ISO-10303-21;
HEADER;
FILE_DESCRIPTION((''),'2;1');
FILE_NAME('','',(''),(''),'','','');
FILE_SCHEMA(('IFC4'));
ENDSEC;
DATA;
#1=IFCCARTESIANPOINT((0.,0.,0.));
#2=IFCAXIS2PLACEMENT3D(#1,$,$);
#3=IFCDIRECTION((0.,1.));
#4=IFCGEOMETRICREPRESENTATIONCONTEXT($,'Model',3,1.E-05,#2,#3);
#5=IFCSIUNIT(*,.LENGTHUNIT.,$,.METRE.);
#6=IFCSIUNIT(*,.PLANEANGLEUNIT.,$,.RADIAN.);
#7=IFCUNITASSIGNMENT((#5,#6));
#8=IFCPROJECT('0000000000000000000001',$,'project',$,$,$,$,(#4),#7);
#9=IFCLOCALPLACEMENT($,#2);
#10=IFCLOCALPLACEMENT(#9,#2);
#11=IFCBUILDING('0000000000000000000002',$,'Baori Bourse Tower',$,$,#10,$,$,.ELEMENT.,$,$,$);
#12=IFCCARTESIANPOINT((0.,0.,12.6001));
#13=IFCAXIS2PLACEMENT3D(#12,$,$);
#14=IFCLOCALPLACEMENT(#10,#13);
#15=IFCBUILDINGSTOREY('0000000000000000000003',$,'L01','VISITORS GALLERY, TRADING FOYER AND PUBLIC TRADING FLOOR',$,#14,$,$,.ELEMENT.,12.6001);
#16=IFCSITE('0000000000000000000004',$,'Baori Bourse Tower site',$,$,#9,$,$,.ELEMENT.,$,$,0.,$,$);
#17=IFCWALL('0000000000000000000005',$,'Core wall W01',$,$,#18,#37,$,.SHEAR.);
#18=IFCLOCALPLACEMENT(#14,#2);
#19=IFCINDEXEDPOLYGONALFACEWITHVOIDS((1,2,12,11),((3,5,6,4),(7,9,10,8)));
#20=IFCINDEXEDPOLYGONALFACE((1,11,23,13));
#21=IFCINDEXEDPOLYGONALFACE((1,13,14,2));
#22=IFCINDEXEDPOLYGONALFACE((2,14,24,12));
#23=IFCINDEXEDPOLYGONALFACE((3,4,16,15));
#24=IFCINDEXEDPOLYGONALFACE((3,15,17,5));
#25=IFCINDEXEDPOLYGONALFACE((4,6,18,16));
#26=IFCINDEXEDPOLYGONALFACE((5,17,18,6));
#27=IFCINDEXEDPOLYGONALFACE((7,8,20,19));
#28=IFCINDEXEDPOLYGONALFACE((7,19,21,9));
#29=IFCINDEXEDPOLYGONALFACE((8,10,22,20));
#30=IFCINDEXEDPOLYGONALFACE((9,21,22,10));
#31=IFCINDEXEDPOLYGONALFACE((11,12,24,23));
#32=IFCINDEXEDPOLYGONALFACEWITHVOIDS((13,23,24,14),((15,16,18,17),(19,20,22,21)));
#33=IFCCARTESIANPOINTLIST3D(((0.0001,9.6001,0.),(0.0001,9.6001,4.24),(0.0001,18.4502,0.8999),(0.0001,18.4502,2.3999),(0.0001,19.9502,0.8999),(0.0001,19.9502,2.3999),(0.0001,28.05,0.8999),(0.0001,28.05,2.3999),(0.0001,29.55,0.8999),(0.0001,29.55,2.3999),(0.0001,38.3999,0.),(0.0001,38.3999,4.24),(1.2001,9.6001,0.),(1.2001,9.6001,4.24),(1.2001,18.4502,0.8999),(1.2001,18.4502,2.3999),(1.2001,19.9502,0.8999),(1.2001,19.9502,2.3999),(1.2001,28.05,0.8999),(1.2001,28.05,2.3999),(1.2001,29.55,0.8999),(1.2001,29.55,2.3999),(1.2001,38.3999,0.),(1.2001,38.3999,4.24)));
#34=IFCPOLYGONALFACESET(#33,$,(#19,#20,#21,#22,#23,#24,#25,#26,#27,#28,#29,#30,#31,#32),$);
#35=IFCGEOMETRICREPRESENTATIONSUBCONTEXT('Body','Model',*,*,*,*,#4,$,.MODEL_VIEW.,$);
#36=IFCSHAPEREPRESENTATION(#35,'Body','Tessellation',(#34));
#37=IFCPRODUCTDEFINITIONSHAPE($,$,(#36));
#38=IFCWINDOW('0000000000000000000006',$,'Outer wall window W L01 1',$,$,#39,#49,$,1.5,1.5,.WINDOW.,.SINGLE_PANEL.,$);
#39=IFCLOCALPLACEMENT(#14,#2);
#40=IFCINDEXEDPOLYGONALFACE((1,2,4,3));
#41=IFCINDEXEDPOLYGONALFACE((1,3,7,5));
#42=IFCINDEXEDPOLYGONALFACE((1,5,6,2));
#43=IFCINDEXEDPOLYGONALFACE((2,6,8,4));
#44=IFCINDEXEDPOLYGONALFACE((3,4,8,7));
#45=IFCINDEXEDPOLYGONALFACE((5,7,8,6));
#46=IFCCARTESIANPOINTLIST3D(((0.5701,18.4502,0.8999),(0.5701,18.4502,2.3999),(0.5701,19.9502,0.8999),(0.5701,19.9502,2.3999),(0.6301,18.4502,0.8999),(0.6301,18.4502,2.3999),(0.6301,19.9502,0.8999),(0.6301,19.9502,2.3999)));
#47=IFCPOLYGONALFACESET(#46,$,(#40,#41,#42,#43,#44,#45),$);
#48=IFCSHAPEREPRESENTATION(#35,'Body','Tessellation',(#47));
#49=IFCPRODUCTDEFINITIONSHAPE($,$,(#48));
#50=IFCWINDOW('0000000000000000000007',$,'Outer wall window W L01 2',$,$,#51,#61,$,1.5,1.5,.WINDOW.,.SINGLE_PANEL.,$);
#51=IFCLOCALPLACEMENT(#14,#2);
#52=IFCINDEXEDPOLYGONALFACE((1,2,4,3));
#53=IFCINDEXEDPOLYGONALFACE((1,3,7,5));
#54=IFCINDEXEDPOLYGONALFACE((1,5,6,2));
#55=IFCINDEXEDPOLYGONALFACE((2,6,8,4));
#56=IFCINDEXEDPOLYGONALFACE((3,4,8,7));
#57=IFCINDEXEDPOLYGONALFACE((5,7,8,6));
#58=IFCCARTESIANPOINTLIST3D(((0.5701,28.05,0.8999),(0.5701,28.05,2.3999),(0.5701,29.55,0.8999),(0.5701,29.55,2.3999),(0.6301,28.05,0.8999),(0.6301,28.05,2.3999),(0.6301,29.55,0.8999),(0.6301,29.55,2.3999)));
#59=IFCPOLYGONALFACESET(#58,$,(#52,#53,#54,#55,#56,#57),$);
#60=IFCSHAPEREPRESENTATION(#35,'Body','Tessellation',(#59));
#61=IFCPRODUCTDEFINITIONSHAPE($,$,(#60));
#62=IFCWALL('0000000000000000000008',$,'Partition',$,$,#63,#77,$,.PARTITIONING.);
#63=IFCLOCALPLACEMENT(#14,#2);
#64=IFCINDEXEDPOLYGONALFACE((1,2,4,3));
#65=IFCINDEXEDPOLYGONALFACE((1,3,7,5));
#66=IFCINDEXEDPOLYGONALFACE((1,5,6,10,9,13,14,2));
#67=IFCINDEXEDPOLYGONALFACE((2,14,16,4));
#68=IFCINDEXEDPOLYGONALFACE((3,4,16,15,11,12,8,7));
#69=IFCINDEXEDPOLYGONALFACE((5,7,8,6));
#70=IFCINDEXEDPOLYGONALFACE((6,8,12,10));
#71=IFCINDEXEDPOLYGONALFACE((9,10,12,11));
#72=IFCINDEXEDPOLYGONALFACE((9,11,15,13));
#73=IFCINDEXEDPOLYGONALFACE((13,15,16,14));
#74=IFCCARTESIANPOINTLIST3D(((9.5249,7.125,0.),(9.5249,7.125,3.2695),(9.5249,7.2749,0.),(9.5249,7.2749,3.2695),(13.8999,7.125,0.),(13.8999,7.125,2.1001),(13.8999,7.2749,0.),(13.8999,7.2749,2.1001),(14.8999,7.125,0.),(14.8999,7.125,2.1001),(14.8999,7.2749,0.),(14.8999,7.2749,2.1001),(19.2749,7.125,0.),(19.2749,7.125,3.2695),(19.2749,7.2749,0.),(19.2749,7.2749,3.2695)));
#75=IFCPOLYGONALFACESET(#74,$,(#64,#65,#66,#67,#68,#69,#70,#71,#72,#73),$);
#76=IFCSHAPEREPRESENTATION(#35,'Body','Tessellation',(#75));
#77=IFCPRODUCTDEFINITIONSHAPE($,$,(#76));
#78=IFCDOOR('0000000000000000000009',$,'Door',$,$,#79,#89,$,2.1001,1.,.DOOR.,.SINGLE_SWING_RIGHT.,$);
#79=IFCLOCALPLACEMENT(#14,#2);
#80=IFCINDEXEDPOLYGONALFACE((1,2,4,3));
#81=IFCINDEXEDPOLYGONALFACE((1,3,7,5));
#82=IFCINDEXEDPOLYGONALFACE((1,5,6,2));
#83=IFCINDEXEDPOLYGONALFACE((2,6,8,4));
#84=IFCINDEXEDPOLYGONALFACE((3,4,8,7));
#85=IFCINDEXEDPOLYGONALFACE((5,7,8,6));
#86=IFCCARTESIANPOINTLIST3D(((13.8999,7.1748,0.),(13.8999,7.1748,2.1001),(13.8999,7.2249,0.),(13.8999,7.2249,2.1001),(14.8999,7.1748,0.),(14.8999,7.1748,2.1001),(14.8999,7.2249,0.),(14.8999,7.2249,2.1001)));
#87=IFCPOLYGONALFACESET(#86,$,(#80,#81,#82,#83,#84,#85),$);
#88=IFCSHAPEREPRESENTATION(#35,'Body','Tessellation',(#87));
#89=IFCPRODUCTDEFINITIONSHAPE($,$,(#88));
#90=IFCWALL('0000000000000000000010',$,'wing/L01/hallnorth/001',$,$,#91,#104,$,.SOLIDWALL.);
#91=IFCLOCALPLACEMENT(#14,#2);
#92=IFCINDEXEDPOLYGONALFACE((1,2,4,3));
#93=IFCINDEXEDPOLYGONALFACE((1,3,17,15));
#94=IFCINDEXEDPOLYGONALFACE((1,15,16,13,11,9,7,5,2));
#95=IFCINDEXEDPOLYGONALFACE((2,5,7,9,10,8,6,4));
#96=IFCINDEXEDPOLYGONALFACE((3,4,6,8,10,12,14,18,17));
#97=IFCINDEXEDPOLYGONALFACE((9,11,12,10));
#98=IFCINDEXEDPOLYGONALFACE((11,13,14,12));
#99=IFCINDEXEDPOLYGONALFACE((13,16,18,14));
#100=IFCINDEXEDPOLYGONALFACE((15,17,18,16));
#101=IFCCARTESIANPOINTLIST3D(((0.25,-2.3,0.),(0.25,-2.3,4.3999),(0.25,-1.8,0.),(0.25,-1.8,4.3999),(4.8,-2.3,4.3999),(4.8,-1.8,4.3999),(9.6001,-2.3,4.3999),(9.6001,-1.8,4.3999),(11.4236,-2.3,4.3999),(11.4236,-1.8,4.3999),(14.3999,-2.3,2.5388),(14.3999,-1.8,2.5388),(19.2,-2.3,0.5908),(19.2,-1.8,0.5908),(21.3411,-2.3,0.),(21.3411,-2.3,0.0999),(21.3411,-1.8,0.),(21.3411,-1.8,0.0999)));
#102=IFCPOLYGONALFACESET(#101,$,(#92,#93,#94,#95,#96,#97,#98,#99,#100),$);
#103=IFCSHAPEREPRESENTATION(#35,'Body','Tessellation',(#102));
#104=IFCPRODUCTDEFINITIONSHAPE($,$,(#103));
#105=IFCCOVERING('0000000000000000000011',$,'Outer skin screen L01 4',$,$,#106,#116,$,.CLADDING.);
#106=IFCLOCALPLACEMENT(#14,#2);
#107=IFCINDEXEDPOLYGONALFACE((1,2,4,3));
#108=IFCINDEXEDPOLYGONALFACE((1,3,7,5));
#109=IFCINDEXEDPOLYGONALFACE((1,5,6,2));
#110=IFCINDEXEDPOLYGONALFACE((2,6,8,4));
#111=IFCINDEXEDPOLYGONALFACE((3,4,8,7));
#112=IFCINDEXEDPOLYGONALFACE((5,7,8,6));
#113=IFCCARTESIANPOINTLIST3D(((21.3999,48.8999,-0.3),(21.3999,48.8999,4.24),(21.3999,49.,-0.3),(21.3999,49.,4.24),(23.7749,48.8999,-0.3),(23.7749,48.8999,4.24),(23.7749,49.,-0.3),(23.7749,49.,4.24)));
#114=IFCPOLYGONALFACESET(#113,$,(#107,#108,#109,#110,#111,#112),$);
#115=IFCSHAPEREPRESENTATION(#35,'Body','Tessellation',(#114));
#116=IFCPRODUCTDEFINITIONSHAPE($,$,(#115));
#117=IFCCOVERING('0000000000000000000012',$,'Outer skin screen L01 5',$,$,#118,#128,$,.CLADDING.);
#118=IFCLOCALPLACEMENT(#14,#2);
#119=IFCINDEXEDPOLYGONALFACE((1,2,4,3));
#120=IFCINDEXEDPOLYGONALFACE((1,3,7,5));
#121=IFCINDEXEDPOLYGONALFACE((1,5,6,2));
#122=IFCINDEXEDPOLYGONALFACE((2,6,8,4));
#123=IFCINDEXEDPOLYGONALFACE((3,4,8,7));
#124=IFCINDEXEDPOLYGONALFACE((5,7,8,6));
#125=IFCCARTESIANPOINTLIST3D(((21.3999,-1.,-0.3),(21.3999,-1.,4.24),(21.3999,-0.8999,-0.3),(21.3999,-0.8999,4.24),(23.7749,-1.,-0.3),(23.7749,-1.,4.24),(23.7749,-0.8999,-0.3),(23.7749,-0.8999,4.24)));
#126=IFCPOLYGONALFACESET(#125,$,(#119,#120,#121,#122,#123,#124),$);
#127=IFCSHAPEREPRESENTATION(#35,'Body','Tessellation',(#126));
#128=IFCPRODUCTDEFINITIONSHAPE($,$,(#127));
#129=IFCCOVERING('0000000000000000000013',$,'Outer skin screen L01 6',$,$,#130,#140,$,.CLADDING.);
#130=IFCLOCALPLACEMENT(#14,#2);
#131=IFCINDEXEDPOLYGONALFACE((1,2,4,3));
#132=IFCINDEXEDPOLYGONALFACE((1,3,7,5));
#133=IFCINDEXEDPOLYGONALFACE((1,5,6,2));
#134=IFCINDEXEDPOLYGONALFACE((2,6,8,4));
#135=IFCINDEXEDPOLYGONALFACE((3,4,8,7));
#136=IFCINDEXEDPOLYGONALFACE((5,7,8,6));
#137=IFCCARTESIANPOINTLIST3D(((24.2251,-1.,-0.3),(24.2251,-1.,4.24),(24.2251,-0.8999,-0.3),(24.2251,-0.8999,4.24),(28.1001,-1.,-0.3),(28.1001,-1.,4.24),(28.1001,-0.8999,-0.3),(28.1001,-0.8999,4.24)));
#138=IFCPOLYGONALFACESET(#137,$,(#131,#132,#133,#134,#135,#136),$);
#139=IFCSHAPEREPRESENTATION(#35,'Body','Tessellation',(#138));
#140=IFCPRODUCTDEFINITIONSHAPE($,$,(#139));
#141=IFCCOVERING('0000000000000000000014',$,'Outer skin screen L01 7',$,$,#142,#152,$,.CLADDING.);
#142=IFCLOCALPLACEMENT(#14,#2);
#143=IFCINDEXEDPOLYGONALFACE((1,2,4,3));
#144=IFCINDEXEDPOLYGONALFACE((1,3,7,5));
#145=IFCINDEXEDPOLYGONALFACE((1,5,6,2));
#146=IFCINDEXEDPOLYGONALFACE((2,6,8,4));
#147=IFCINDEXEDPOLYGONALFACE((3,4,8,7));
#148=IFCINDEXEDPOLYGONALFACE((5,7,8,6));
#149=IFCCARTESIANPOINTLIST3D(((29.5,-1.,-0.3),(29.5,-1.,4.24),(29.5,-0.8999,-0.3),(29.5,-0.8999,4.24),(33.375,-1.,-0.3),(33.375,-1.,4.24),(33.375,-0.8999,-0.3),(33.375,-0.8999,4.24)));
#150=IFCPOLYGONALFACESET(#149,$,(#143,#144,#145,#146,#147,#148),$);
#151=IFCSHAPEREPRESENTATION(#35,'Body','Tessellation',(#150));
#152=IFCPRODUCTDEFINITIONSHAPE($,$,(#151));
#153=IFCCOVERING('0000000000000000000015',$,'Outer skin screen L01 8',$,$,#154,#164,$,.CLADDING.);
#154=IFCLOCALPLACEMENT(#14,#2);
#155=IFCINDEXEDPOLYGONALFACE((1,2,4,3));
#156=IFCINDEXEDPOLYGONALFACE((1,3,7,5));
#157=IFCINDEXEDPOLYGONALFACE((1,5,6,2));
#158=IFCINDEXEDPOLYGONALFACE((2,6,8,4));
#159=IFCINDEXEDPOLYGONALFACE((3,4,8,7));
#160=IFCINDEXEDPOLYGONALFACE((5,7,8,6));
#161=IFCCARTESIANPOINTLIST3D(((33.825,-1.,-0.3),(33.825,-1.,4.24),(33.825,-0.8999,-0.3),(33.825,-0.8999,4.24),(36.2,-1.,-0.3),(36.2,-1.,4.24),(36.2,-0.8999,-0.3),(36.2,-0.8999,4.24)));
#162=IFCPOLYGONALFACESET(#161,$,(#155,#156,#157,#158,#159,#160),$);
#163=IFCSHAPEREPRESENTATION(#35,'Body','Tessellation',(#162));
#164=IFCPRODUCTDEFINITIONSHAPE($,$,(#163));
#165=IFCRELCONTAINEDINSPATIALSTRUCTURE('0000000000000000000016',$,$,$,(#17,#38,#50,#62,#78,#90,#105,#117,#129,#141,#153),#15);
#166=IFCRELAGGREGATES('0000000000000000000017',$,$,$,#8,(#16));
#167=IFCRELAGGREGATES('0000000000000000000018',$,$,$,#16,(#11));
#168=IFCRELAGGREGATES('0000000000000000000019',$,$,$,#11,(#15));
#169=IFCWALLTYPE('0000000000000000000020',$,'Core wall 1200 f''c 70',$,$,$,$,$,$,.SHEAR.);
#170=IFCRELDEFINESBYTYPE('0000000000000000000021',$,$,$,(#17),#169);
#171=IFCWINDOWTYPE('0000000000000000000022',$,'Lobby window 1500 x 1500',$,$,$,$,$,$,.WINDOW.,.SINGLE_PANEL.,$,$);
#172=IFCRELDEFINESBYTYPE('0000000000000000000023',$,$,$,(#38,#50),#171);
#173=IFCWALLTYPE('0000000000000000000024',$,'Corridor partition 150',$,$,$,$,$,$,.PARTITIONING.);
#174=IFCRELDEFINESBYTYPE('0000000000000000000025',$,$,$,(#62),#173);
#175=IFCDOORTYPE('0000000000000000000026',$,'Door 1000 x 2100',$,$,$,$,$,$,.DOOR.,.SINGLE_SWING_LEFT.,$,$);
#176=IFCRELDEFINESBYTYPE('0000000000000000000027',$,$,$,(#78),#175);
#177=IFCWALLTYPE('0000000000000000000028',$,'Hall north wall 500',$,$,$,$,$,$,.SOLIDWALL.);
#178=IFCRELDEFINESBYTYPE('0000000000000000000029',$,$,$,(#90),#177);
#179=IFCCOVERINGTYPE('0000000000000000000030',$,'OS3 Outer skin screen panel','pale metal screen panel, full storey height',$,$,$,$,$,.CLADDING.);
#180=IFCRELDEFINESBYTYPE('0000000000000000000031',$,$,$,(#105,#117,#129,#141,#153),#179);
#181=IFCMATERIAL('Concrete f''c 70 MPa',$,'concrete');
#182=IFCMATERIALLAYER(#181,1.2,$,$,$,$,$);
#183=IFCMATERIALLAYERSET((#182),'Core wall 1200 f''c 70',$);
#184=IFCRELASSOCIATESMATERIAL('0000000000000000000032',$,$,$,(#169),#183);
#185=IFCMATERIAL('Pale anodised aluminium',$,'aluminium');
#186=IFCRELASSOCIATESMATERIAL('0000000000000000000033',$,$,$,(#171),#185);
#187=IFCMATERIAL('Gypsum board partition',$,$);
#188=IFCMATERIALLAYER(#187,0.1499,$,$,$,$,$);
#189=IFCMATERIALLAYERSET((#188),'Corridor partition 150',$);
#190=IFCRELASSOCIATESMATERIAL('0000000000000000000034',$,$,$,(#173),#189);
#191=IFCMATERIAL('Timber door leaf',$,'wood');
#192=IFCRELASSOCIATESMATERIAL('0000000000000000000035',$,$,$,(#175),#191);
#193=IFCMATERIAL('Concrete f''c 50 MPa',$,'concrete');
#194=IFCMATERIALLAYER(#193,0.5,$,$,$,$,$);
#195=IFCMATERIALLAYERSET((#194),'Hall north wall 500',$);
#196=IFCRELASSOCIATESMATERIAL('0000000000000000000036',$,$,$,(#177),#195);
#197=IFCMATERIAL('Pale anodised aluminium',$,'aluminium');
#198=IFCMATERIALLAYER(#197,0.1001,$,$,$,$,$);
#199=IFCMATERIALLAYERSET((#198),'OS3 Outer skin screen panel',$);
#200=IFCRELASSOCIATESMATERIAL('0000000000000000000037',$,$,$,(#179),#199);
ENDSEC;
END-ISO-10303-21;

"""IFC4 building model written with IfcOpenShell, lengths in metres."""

from ifc_helpers import new_model, si_unit, direction, frame, frame_2d, origin, place, context, subcontext, project, spatial, polyline, rectangle, outline, extrude, material, layer, layer_set, type_object, element, fill, save


model = new_model("IFC4")

# Units and contexts
model_context = context("Model", 3, precision=1e-05, world=origin(), true_north=direction((0.0, 1.0)))
body_context = subcontext(model_context, "Body", "Model", "MODEL_VIEW")
ifc_project = project(units=[si_unit("LENGTHUNIT", "METRE"), si_unit("PLANEANGLEUNIT", "RADIAN")], contexts=[model_context])

# Site, building, storey
site_placement = place(None, origin())
site = spatial("IfcSite", under=ifc_project, at=site_placement, Name="Baori Bourse Tower site", CompositionType="ELEMENT", RefElevation=0.0)
building_placement = place(site_placement, origin())
building = spatial("IfcBuilding", under=site, at=building_placement, Name="Baori Bourse Tower", CompositionType="ELEMENT")
storey_placement = place(building_placement, frame((0.0, 0.0, 12.6001)))
storey = spatial("IfcBuildingStorey", under=building, at=storey_placement, Name="L01", Description="VISITORS GALLERY, TRADING FOYER AND PUBLIC TRADING FLOOR", CompositionType="ELEMENT", Elevation=12.6001)

# Wall, openings, windows
ifc_material_1 = material(Name="Concrete f'c 70 MPa", Category="concrete")
ifc_layer_1 = layer(ifc_material_1, 1.2)
ifc_layer_set_1 = layer_set([ifc_layer_1], Name="Core wall 1200 f'c 70")
wall_type_1 = type_object("IfcWallType", Name="Core wall 1200 f'c 70", PredefinedType="SHEAR", material=ifc_layer_set_1)
wall_1_placement = place(storey_placement, frame((0.6001, 9.6001, 0.0), z_axis=(0.0, 0.0, 1.0), x_axis=(0.0, 1.0, 0.0)))
wall_1 = element("IfcWall", 1, at=wall_1_placement, inside=storey, type_object=wall_type_1, Name="Core wall W01", PredefinedType="SHEAR", context=body_context, shape_type="SweptSolid", body=[
    extrude(rectangle(XDim=28.7998, YDim=1.2, at=frame_2d((14.3999, 0.0))), origin(), (0.0, 0.0, 1.0), 4.24),
])
opening_1_placement = place(wall_1_placement, frame((8.8501, 0.0, 0.8999)))
opening_1 = element("IfcOpeningElement", 2, at=opening_1_placement, cuts=wall_1, PredefinedType="OPENING", context=body_context, shape_type="SweptSolid", body=[
    extrude(rectangle(XDim=1.5, YDim=1.5, at=frame_2d((0.75, 0.75))), frame((0.0, 0.6099, 0.0), z_axis=(0.0, -1.0, 0.0), x_axis=(1.0, 0.0, 0.0)), (0.0, 0.0, 1.0), 1.22),
])
opening_2_placement = place(wall_1_placement, frame((18.45, 0.0, 0.8999)))
opening_2 = element("IfcOpeningElement", 3, at=opening_2_placement, cuts=wall_1, PredefinedType="OPENING", context=body_context, shape_type="SweptSolid", body=[
    extrude(rectangle(XDim=1.5, YDim=1.5, at=frame_2d((0.75, 0.75))), frame((0.0, 0.6099, 0.0), z_axis=(0.0, -1.0, 0.0), x_axis=(1.0, 0.0, 0.0)), (0.0, 0.0, 1.0), 1.22),
])
ifc_material_2 = material(Name="Pale anodised aluminium", Category="aluminium")
window_type = type_object("IfcWindowType", Name="Lobby window 1500 x 1500", PartitioningType="SINGLE_PANEL", PredefinedType="WINDOW", material=ifc_material_2)
window_1_placement = place(opening_1_placement, origin())
window_1 = element("IfcWindow", 4, at=window_1_placement, inside=storey, type_object=window_type, Name="Outer wall window W L01 1", OverallHeight=1.5, OverallWidth=1.5, PartitioningType="SINGLE_PANEL", PredefinedType="WINDOW", context=body_context, shape_type="SweptSolid", body=[
    extrude(rectangle(XDim=1.5, YDim=1.5, at=frame_2d((0.75, 0.75))), frame((0.0, 0.03, 0.0), z_axis=(0.0, -1.0, 0.0), x_axis=(1.0, 0.0, 0.0)), (0.0, 0.0, 1.0), 0.0601),
])
fill(opening_1, window_1)
window_2_placement = place(opening_2_placement, origin())
window_2 = element("IfcWindow", 5, at=window_2_placement, inside=storey, type_object=window_type, Name="Outer wall window W L01 2", OverallHeight=1.5, OverallWidth=1.5, PartitioningType="SINGLE_PANEL", PredefinedType="WINDOW", context=body_context, shape_type="SweptSolid", body=[
    extrude(rectangle(XDim=1.5, YDim=1.5, at=frame_2d((0.75, 0.75))), frame((0.0, 0.03, 0.0), z_axis=(0.0, -1.0, 0.0), x_axis=(1.0, 0.0, 0.0)), (0.0, 0.0, 1.0), 0.0601),
])
fill(opening_2, window_2)

# Wall, opening, door
ifc_material_3 = material(Name="Gypsum board partition")
ifc_layer_2 = layer(ifc_material_3, 0.1499)
ifc_layer_set_2 = layer_set([ifc_layer_2], Name="Corridor partition 150")
wall_type_2 = type_object("IfcWallType", Name="Corridor partition 150", PredefinedType="PARTITIONING", material=ifc_layer_set_2)
wall_2_placement = place(storey_placement, frame((9.5249, 7.2, 0.0), z_axis=(0.0, 0.0, 1.0), x_axis=(1.0, 0.0, 0.0)))
wall_2 = element("IfcWall", 6, at=wall_2_placement, inside=storey, type_object=wall_type_2, Name="Partition", PredefinedType="PARTITIONING", context=body_context, shape_type="SweptSolid", body=[
    extrude(rectangle(XDim=9.75, YDim=0.1499, at=frame_2d((4.875, 0.0))), origin(), (0.0, 0.0, 1.0), 3.2695),
])
opening_3_placement = place(wall_2_placement, frame((4.375, 0.0, 0.0)))
opening_3 = element("IfcOpeningElement", 7, at=opening_3_placement, cuts=wall_2, PredefinedType="OPENING", context=body_context, shape_type="SweptSolid", body=[
    extrude(rectangle(XDim=1.0, YDim=2.1001, at=frame_2d((0.5, 1.05))), frame((0.0, 0.085, 0.0), z_axis=(0.0, -1.0, 0.0), x_axis=(1.0, 0.0, 0.0)), (0.0, 0.0, 1.0), 0.1699),
])
ifc_material_4 = material(Name="Timber door leaf", Category="wood")
door_type = type_object("IfcDoorType", Name="Door 1000 x 2100", OperationType="SINGLE_SWING_LEFT", PredefinedType="DOOR", material=ifc_material_4)
door_placement = place(opening_3_placement, origin())
door = element("IfcDoor", 8, at=door_placement, inside=storey, type_object=door_type, Name="Door", OperationType="SINGLE_SWING_RIGHT", OverallHeight=2.1001, OverallWidth=1.0, PredefinedType="DOOR", context=body_context, shape_type="SweptSolid", body=[
    extrude(rectangle(XDim=1.0, YDim=2.1001, at=frame_2d((0.5, 1.05))), frame((0.0, 0.0249, 0.0), z_axis=(0.0, -1.0, 0.0), x_axis=(1.0, 0.0, 0.0)), (0.0, 0.0, 1.0), 0.05),
])
fill(opening_3, door)

# Wall
ifc_material_5 = material(Name="Concrete f'c 50 MPa", Category="concrete")
ifc_layer_3 = layer(ifc_material_5, 0.5)
ifc_layer_set_3 = layer_set([ifc_layer_3], Name="Hall north wall 500")
wall_type_3 = type_object("IfcWallType", Name="Hall north wall 500", PredefinedType="SOLIDWALL", material=ifc_layer_set_3)
wall_3_placement = place(storey_placement, frame((0.25, -2.05, 0.0), z_axis=(0.0, 0.0, 1.0), x_axis=(1.0, 0.0, 0.0)))
element("IfcWall", 9, at=wall_3_placement, inside=storey, type_object=wall_type_3, Name="wing/L01/hallnorth/001", PredefinedType="SOLIDWALL", context=body_context, shape_type="SweptSolid", body=[
    extrude(outline(polyline([(0.0, 0.0), (21.0911, 0.0), (21.0911, 0.0999), (18.95, 0.5908), (14.1499, 2.5388), (11.1736, 4.3999), (9.3501, 4.3999), (4.55, 4.3999), (0.0, 4.3999), (0.0, 0.0)])), frame((0.0, 0.25, 0.0), z_axis=(0.0, -1.0, 0.0), x_axis=(1.0, 0.0, 0.0)), (0.0, 0.0, 1.0), 0.5),
])

# Coverings
ifc_material_6 = material(Name="Pale anodised aluminium", Category="aluminium")
ifc_layer_4 = layer(ifc_material_6, 0.1001)
ifc_layer_set_4 = layer_set([ifc_layer_4], Name="OS3 Outer skin screen panel")
covering_type_1 = type_object("IfcCoveringType", Name="OS3 Outer skin screen panel", Description="pale metal screen panel, full storey height", PredefinedType="CLADDING", material=ifc_layer_set_4)
covering_1_placement = place(storey_placement, frame((0.0, 0.0, -0.3)))
element("IfcCovering", 10, at=covering_1_placement, inside=storey, type_object=covering_type_1, Name="Outer skin screen L01 4", PredefinedType="CLADDING", context=body_context, shape_type="SweptSolid", body=[
    extrude(outline(polyline([(21.3999, 48.8999), (23.7749, 48.8999), (23.7749, 49.0), (21.3999, 49.0), (21.3999, 48.8999)])), origin(), (0.0, 0.0, 1.0), 4.54),
])
covering_2_placement = place(storey_placement, frame((0.0, 0.0, -0.3)))
element("IfcCovering", 11, at=covering_2_placement, inside=storey, type_object=covering_type_1, Name="Outer skin screen L01 5", PredefinedType="CLADDING", context=body_context, shape_type="SweptSolid", body=[
    extrude(outline(polyline([(23.7749, -0.8999), (21.3999, -0.8999), (21.3999, -1.0), (23.7749, -1.0), (23.7749, -0.8999)])), origin(), (0.0, 0.0, 1.0), 4.54),
])
covering_3_placement = place(storey_placement, frame((0.0, 0.0, -0.3)))
element("IfcCovering", 12, at=covering_3_placement, inside=storey, type_object=covering_type_1, Name="Outer skin screen L01 6", PredefinedType="CLADDING", context=body_context, shape_type="SweptSolid", body=[
    extrude(outline(polyline([(28.1001, -0.8999), (24.2251, -0.8999), (24.2251, -1.0), (28.1001, -1.0), (28.1001, -0.8999)])), origin(), (0.0, 0.0, 1.0), 4.54),
])
covering_4_placement = place(storey_placement, frame((0.0, 0.0, -0.3)))
element("IfcCovering", 13, at=covering_4_placement, inside=storey, type_object=covering_type_1, Name="Outer skin screen L01 7", PredefinedType="CLADDING", context=body_context, shape_type="SweptSolid", body=[
    extrude(outline(polyline([(33.375, -0.8999), (29.5, -0.8999), (29.5, -1.0), (33.375, -1.0), (33.375, -0.8999)])), origin(), (0.0, 0.0, 1.0), 4.54),
])
covering_5_placement = place(storey_placement, frame((0.0, 0.0, -0.3)))
element("IfcCovering", 14, at=covering_5_placement, inside=storey, type_object=covering_type_1, Name="Outer skin screen L01 8", PredefinedType="CLADDING", context=body_context, shape_type="SweptSolid", body=[
    extrude(outline(polyline([(36.2, -0.8999), (33.825, -0.8999), (33.825, -1.0), (36.2, -1.0), (36.2, -0.8999)])), origin(), (0.0, 0.0, 1.0), 4.54),
])

save(model, "model.ifc")
